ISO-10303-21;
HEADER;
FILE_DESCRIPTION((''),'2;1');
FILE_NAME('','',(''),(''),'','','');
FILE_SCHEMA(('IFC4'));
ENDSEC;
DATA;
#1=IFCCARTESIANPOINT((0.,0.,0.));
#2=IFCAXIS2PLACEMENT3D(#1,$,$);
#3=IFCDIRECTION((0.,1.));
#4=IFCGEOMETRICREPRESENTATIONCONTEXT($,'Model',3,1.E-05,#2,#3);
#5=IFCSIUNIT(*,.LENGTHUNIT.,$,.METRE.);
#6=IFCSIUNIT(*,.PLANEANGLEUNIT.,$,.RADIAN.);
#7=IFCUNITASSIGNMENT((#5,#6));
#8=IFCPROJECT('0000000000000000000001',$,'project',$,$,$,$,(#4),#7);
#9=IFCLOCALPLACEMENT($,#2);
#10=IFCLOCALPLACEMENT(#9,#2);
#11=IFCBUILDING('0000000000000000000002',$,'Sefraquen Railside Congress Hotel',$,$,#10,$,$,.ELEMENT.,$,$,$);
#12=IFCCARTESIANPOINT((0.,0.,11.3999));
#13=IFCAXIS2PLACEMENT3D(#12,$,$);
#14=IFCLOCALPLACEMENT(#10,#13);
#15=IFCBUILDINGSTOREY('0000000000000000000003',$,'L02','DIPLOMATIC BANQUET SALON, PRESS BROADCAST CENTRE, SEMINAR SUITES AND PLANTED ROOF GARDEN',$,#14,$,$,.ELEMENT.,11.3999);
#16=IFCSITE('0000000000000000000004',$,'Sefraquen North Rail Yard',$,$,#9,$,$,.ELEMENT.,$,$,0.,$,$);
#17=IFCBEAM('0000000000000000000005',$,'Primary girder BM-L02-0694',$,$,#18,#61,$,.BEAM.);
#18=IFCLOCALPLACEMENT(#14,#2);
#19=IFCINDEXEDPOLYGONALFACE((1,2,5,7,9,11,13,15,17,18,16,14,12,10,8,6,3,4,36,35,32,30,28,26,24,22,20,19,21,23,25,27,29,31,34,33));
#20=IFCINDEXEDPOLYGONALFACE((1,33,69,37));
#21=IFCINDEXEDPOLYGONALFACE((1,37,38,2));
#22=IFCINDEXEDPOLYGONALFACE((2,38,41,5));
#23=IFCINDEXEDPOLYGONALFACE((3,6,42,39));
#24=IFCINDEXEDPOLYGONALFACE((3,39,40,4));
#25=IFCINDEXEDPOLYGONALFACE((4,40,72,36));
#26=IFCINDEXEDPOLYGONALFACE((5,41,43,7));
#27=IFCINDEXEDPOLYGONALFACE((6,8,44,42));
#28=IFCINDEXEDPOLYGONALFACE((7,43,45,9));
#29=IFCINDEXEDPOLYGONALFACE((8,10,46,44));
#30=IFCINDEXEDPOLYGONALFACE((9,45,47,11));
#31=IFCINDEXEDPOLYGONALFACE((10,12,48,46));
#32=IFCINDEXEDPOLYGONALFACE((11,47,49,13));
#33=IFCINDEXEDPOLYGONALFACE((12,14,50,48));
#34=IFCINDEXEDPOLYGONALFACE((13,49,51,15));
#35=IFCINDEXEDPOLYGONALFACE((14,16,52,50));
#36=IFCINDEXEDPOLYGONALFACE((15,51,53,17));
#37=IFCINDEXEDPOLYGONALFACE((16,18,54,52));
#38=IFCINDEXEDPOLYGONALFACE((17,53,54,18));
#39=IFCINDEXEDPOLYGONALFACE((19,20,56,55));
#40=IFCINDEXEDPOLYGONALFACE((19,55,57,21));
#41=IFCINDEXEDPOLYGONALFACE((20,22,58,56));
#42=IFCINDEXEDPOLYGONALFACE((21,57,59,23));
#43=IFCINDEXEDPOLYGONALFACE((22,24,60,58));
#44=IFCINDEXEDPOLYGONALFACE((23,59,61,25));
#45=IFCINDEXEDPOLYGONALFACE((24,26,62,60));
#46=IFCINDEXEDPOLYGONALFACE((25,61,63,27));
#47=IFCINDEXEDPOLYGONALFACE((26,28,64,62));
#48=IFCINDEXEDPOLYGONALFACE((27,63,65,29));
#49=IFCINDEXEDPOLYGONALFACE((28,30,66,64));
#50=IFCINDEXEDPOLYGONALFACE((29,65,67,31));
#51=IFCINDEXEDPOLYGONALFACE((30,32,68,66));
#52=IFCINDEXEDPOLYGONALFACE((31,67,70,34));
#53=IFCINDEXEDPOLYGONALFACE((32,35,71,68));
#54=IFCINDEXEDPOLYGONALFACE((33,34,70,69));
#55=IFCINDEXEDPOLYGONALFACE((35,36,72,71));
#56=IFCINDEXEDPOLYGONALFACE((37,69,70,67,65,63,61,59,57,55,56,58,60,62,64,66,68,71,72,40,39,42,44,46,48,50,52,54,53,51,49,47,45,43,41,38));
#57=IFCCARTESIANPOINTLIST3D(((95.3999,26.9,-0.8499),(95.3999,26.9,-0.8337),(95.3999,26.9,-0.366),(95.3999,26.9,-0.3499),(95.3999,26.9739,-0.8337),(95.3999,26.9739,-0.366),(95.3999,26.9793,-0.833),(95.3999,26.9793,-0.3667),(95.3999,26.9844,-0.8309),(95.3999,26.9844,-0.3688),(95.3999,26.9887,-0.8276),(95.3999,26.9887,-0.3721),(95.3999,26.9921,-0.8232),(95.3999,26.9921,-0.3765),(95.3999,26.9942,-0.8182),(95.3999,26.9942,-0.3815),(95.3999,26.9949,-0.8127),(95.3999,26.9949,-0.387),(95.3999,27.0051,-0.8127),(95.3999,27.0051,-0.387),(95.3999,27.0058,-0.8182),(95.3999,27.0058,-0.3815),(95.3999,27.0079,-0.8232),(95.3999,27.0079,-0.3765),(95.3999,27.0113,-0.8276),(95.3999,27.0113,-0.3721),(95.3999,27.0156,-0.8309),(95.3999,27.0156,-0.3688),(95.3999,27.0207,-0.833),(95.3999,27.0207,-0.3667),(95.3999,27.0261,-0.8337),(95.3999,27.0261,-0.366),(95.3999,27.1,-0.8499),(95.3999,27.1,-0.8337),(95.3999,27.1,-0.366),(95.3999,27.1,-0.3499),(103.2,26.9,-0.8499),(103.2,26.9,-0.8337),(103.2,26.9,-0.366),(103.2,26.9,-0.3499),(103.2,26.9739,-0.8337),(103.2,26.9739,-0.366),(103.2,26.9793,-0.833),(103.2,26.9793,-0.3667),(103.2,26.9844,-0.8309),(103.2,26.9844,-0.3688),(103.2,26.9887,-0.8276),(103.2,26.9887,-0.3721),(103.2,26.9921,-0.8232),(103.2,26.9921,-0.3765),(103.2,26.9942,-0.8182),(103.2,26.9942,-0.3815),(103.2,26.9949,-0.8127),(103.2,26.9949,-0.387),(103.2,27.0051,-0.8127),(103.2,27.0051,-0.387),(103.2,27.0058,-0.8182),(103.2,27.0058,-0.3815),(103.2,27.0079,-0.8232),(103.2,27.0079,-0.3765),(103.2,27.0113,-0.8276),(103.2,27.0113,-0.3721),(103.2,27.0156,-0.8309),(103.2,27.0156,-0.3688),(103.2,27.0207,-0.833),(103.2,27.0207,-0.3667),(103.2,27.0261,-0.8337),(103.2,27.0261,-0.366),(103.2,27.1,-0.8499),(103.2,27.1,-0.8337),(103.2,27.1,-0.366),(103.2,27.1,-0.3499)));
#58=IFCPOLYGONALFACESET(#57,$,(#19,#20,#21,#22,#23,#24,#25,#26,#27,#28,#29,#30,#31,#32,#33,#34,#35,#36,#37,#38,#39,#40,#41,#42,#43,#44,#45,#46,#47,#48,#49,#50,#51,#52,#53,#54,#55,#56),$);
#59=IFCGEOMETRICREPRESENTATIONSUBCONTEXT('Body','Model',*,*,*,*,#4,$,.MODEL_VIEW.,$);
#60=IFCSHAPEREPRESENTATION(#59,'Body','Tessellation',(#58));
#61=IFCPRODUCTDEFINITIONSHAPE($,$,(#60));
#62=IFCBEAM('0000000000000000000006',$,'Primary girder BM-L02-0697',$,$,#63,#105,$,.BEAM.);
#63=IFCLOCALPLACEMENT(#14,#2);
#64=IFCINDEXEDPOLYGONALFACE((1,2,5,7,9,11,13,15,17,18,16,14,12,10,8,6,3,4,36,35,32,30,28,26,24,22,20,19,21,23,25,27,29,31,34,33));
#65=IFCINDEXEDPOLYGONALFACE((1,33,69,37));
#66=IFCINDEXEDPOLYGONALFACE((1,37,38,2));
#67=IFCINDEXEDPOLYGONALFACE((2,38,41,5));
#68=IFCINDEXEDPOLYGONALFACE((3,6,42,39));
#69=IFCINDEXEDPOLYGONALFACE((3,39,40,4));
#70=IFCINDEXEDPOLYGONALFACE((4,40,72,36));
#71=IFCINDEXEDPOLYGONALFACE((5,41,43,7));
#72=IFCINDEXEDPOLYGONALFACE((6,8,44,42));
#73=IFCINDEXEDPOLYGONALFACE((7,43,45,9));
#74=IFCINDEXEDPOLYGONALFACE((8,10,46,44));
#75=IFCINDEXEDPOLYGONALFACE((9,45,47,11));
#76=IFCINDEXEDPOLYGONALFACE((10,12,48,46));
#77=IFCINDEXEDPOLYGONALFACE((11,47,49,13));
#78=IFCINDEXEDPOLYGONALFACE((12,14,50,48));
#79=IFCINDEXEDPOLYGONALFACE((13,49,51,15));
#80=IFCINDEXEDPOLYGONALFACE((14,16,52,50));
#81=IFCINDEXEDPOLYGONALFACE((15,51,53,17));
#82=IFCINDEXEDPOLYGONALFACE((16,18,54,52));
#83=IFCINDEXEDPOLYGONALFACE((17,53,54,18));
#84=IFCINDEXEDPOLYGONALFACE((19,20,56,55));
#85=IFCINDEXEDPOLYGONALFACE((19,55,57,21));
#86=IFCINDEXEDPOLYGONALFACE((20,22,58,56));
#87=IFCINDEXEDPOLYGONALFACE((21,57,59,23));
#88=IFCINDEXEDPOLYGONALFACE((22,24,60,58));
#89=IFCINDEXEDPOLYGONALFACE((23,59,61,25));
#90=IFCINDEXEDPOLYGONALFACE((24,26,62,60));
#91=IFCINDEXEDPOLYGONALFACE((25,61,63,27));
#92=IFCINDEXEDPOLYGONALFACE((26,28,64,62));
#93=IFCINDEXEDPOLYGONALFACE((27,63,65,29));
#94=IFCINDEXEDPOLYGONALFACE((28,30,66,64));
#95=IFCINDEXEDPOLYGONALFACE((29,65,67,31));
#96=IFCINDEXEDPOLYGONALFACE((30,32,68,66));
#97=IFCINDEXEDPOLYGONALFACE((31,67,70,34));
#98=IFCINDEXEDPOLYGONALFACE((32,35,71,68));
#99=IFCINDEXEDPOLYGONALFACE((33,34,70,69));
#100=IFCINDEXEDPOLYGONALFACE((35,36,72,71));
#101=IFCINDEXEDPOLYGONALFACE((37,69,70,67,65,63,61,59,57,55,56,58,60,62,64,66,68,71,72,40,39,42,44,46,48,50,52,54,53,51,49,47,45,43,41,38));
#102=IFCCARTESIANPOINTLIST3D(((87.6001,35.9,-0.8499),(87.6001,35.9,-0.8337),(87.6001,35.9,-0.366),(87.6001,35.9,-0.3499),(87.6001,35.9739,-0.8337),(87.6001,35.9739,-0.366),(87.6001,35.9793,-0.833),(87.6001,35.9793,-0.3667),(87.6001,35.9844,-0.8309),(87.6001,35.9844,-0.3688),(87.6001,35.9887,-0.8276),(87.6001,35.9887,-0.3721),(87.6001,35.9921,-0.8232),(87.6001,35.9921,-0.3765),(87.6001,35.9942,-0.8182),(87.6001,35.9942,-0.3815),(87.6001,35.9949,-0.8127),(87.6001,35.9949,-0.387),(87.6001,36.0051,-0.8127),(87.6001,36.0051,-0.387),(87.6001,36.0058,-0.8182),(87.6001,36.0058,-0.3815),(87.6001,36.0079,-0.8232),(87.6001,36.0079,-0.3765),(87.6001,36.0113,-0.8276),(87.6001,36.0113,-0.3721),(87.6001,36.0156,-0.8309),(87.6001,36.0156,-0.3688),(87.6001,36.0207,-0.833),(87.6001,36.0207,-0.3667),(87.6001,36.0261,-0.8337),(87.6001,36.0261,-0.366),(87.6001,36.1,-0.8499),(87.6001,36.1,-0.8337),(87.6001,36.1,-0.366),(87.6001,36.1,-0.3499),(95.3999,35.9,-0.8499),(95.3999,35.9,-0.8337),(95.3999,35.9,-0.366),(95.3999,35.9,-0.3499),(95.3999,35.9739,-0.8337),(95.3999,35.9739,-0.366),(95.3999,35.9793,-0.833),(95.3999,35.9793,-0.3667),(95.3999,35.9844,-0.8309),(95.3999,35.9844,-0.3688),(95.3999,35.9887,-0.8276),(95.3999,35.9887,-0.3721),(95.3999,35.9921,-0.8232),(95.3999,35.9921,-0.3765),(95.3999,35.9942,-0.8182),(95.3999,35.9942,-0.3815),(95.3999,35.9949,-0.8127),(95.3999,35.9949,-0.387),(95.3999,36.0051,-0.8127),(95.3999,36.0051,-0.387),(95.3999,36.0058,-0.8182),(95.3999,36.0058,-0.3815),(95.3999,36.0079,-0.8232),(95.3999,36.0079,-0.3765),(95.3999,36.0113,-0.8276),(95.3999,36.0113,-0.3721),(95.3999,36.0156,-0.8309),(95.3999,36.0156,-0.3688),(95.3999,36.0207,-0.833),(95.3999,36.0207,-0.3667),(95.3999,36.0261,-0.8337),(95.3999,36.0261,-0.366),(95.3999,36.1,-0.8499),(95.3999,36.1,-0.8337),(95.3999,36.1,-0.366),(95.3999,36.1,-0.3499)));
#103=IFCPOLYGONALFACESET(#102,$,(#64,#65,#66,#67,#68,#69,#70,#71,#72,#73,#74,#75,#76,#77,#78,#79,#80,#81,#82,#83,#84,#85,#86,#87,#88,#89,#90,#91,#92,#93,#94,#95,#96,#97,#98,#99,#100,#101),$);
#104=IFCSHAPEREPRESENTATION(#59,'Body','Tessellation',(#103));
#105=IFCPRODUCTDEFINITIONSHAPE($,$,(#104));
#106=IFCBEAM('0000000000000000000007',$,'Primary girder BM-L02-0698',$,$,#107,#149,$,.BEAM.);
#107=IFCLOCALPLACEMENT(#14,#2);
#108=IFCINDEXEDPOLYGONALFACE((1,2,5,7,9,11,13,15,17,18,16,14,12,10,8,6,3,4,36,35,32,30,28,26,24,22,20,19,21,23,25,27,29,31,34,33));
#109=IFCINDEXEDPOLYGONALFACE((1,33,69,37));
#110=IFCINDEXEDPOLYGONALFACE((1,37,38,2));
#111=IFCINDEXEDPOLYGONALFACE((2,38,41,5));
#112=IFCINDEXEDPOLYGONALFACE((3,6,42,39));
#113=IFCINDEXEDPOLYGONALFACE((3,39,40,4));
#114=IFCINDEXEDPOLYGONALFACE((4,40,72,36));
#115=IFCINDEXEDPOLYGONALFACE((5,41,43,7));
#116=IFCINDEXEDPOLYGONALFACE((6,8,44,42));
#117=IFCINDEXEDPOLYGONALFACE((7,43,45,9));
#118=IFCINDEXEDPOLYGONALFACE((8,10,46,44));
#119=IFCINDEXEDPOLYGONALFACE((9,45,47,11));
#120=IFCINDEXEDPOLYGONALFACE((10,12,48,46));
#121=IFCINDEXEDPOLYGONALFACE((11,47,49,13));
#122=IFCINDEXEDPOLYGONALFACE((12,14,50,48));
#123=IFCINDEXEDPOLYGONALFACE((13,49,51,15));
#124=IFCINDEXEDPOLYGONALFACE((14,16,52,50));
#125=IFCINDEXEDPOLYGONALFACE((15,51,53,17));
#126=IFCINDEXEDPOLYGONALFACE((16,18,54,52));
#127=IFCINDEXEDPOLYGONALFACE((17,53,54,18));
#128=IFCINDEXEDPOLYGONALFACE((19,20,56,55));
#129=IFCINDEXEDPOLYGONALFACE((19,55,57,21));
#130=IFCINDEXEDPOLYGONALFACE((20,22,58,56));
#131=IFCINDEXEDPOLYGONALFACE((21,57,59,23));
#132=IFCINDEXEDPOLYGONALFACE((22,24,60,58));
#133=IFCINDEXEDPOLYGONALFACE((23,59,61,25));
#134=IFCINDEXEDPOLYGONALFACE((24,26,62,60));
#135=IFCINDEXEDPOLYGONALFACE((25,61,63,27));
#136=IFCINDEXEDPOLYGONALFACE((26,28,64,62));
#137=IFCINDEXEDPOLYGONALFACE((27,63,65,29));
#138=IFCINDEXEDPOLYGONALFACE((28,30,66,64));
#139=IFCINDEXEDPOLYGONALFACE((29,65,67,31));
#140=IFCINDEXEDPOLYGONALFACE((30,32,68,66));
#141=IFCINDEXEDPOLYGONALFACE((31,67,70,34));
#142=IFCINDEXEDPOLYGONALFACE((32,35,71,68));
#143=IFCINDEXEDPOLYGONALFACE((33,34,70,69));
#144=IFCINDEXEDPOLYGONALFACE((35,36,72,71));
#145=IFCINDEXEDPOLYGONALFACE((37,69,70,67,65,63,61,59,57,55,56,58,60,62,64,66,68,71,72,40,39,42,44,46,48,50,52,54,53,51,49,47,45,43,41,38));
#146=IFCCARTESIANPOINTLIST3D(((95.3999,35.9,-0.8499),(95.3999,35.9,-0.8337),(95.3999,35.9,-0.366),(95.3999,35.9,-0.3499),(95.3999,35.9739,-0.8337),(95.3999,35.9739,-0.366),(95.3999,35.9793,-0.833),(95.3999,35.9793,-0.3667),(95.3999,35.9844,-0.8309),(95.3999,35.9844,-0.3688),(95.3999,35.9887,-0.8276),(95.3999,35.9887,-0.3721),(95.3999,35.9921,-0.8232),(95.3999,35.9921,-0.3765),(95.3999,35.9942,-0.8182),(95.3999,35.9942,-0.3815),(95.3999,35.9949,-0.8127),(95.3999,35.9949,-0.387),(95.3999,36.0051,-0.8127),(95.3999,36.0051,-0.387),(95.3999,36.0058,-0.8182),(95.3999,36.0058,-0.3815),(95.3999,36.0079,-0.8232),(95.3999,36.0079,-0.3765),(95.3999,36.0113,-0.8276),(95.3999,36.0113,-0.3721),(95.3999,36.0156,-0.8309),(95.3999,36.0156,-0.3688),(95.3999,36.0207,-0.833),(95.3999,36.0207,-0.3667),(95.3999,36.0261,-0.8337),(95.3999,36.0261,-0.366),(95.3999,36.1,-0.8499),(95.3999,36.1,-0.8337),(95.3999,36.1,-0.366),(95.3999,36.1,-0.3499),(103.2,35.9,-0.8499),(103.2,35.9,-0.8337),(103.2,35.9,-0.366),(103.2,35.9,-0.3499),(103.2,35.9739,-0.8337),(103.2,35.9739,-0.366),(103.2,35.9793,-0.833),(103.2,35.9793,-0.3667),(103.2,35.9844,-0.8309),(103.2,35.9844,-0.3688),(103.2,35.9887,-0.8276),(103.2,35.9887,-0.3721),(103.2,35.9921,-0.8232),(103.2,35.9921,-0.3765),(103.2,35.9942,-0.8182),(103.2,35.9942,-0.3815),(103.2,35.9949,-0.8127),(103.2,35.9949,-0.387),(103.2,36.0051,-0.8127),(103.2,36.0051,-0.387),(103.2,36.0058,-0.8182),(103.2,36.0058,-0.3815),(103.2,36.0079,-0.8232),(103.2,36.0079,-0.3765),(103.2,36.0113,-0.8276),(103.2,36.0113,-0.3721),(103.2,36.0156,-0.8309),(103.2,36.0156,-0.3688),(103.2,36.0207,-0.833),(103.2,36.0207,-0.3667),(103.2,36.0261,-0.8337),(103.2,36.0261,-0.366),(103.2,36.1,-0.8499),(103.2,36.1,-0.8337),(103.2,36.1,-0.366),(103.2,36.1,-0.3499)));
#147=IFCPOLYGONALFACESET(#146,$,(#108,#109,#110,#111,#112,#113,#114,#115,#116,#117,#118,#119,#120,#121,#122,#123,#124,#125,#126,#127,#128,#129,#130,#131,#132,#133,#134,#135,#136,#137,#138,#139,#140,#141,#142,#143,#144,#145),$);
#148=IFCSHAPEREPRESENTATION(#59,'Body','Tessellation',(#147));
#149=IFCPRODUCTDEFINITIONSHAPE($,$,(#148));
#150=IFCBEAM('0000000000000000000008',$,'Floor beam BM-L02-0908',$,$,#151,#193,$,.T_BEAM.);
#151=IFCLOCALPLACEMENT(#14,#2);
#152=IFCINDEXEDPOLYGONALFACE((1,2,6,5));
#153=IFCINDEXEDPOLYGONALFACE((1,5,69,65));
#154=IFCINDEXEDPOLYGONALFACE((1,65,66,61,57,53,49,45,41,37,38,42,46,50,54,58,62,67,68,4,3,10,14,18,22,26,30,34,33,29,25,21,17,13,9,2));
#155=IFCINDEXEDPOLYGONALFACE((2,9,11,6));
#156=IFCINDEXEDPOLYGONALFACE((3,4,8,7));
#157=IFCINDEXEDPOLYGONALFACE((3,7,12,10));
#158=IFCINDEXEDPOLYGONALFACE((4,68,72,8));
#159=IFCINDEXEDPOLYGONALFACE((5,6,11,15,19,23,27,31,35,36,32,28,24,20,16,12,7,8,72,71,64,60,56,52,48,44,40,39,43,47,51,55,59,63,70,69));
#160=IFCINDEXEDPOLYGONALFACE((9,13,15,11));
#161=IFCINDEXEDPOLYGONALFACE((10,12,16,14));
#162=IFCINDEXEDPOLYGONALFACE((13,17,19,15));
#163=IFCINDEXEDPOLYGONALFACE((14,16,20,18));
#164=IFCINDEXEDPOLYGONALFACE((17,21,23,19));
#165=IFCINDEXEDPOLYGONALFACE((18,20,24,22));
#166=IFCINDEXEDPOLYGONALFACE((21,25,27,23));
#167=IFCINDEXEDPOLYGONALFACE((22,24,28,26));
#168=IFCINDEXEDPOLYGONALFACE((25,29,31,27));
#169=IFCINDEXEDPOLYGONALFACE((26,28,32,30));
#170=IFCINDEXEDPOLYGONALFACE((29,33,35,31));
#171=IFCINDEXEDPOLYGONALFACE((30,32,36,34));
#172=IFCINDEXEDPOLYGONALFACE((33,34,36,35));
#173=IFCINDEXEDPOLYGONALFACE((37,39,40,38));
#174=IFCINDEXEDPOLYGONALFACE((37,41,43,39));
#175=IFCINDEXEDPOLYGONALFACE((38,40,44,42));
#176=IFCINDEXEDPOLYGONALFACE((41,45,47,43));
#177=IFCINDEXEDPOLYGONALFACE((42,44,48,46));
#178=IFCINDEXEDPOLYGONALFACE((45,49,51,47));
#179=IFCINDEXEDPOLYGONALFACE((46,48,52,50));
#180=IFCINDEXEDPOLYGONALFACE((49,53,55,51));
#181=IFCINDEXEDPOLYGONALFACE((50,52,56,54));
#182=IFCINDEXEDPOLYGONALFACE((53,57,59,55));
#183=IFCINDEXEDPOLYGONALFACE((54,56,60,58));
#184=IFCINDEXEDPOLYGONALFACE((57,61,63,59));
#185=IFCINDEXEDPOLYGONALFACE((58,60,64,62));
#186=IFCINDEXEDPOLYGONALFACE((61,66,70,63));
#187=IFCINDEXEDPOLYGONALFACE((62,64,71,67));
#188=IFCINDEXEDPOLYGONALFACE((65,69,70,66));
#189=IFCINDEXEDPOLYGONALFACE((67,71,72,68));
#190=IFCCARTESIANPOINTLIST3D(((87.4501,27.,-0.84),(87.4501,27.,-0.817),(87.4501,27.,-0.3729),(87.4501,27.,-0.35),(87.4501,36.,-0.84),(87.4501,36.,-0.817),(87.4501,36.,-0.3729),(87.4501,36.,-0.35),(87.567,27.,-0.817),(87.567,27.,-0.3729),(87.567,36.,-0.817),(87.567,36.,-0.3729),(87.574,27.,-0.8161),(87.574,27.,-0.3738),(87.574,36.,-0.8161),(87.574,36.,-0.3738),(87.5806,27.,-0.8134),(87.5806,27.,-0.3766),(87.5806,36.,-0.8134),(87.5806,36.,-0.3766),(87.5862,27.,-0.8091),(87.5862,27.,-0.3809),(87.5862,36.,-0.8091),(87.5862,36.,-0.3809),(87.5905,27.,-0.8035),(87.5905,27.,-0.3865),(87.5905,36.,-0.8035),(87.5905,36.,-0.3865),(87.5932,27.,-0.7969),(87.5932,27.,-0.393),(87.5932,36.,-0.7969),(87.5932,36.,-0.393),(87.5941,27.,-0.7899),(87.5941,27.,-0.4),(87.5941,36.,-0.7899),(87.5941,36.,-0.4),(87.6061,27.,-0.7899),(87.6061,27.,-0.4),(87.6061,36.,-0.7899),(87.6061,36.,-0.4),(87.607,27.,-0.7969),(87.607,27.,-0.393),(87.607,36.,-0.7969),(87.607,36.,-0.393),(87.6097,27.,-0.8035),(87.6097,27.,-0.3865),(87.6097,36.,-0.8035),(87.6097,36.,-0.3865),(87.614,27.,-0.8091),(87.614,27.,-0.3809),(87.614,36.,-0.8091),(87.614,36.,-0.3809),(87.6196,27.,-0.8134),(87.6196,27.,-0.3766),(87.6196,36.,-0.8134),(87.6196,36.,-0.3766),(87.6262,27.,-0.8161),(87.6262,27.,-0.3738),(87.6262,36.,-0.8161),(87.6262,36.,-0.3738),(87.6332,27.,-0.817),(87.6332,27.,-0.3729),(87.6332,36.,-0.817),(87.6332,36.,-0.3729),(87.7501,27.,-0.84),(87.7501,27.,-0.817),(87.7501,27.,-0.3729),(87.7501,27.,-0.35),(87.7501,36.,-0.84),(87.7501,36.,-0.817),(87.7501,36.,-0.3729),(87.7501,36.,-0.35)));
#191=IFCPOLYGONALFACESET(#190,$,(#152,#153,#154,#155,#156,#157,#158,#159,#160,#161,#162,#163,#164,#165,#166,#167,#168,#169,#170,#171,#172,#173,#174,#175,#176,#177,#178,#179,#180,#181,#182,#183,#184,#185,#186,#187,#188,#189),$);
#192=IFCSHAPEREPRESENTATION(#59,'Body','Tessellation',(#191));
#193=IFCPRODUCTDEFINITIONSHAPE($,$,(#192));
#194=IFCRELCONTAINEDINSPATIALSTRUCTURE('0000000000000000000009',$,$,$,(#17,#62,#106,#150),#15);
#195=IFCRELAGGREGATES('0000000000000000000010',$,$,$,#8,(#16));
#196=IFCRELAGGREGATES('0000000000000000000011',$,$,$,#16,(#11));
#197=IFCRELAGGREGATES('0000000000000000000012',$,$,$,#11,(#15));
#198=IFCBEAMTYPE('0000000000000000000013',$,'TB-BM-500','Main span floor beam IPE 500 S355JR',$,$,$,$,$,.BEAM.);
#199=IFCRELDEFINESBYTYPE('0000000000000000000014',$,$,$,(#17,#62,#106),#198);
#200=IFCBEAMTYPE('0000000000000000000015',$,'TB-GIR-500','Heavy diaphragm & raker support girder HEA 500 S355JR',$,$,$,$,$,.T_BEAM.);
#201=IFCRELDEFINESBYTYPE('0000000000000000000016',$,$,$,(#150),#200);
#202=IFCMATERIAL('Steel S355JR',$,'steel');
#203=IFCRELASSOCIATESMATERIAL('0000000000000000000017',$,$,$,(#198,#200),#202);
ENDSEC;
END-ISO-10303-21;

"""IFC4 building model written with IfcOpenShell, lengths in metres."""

from ifc_helpers import new_model, si_unit, direction, frame, origin, origin_2d, place, context, subcontext, project, spatial, i_section, extrude, material, material_profile, profile_set, type_object, element, save


model = new_model("IFC4")

# Units and contexts
model_context = context("Model", 3, precision=1e-05, world=origin(), true_north=direction((0.0, 1.0)))
body_context = subcontext(model_context, "Body", "Model", "MODEL_VIEW")
ifc_project = project(units=[si_unit("LENGTHUNIT", "METRE"), si_unit("PLANEANGLEUNIT", "RADIAN")], contexts=[model_context])

# Site, building, storey
site_placement = place(None, origin())
site = spatial("IfcSite", under=ifc_project, at=site_placement, Name="Sefraquen North Rail Yard", CompositionType="ELEMENT", RefElevation=0.0)
building_placement = place(site_placement, origin())
building = spatial("IfcBuilding", under=site, at=building_placement, Name="Sefraquen Railside Congress Hotel", CompositionType="ELEMENT")
storey_placement = place(building_placement, frame((0.0, 0.0, 11.3999)))
storey = spatial("IfcBuildingStorey", under=building, at=storey_placement, Name="L02", Description="DIPLOMATIC BANQUET SALON, PRESS BROADCAST CENTRE, SEMINAR SUITES AND PLANTED ROOF GARDEN", CompositionType="ELEMENT", Elevation=11.3999)

# Shared definitions
ifc_material_1 = material(Name="Steel S355JR", Category="steel")

# Beams
ifc_material_profile_1 = material_profile(ifc_material_1, i_section(OverallWidth=0.2, OverallDepth=0.5, WebThickness=0.0103, FlangeThickness=0.0161, FilletRadius=0.021, at=origin_2d()), Name="IPE 500")
ifc_profile_set_1 = profile_set([ifc_material_profile_1], Name="Steel S355JR")
beam_type_1 = type_object("IfcBeamType", Name="TB-BM-500", Description="Main span floor beam IPE 500 S355JR", PredefinedType="BEAM", material=ifc_profile_set_1)
beam_1_placement = place(storey_placement, frame((95.3999, 27.0, -0.5999), z_axis=(1.0, 0.0, 0.0), x_axis=(0.0, 1.0, 0.0)))
element("IfcBeam", 1, at=beam_1_placement, inside=storey, type_object=beam_type_1, Name="Primary girder BM-L02-0694", PredefinedType="BEAM", context=body_context, shape_type="SweptSolid", body=[
    extrude(i_section(OverallWidth=0.2, OverallDepth=0.5, WebThickness=0.0103, FlangeThickness=0.0161, FilletRadius=0.021, at=origin_2d()), origin(), (0.0, 0.0, 1.0), 7.8),
])
beam_2_placement = place(storey_placement, frame((87.6001, 36.0, -0.5999), z_axis=(1.0, 0.0, 0.0), x_axis=(0.0, 1.0, 0.0)))
element("IfcBeam", 2, at=beam_2_placement, inside=storey, type_object=beam_type_1, Name="Primary girder BM-L02-0697", PredefinedType="BEAM", context=body_context, shape_type="SweptSolid", body=[
    extrude(i_section(OverallWidth=0.2, OverallDepth=0.5, WebThickness=0.0103, FlangeThickness=0.0161, FilletRadius=0.021, at=origin_2d()), origin(), (0.0, 0.0, 1.0), 7.7998),
])
beam_3_placement = place(storey_placement, frame((95.3999, 36.0, -0.5999), z_axis=(1.0, 0.0, 0.0), x_axis=(0.0, 1.0, 0.0)))
element("IfcBeam", 3, at=beam_3_placement, inside=storey, type_object=beam_type_1, Name="Primary girder BM-L02-0698", PredefinedType="BEAM", context=body_context, shape_type="SweptSolid", body=[
    extrude(i_section(OverallWidth=0.2, OverallDepth=0.5, WebThickness=0.0103, FlangeThickness=0.0161, FilletRadius=0.021, at=origin_2d()), origin(), (0.0, 0.0, 1.0), 7.8),
])
ifc_material_profile_2 = material_profile(ifc_material_1, i_section(OverallWidth=0.3, OverallDepth=0.49, WebThickness=0.012, FlangeThickness=0.0229, FilletRadius=0.0271, at=origin_2d()), Name="HEA 500")
ifc_profile_set_2 = profile_set([ifc_material_profile_2], Name="Steel S355JR")
beam_type_2 = type_object("IfcBeamType", Name="TB-GIR-500", Description="Heavy diaphragm & raker support girder HEA 500 S355JR", PredefinedType="T_BEAM", material=ifc_profile_set_2)
for number, where, z_axis, x_axis, name in (
    (4, (87.6001, 27.0, -0.595), (0.0, 1.0, 0.0), (-1.0, 0.0, 0.0), "Floor beam BM-L02-0908"),
):
    element("IfcBeam", number, at=place(storey_placement, frame(where, z_axis=z_axis, x_axis=x_axis)), inside=storey, type_object=beam_type_2, Name=name, PredefinedType="T_BEAM", context=body_context, shape_type="SweptSolid", body=[
        extrude(i_section(OverallWidth=0.3, OverallDepth=0.49, WebThickness=0.012, FlangeThickness=0.0229, FilletRadius=0.0271, at=origin_2d()), origin(), (0.0, 0.0, 1.0), 9.0),
    ])

save(model, "model.ifc")
